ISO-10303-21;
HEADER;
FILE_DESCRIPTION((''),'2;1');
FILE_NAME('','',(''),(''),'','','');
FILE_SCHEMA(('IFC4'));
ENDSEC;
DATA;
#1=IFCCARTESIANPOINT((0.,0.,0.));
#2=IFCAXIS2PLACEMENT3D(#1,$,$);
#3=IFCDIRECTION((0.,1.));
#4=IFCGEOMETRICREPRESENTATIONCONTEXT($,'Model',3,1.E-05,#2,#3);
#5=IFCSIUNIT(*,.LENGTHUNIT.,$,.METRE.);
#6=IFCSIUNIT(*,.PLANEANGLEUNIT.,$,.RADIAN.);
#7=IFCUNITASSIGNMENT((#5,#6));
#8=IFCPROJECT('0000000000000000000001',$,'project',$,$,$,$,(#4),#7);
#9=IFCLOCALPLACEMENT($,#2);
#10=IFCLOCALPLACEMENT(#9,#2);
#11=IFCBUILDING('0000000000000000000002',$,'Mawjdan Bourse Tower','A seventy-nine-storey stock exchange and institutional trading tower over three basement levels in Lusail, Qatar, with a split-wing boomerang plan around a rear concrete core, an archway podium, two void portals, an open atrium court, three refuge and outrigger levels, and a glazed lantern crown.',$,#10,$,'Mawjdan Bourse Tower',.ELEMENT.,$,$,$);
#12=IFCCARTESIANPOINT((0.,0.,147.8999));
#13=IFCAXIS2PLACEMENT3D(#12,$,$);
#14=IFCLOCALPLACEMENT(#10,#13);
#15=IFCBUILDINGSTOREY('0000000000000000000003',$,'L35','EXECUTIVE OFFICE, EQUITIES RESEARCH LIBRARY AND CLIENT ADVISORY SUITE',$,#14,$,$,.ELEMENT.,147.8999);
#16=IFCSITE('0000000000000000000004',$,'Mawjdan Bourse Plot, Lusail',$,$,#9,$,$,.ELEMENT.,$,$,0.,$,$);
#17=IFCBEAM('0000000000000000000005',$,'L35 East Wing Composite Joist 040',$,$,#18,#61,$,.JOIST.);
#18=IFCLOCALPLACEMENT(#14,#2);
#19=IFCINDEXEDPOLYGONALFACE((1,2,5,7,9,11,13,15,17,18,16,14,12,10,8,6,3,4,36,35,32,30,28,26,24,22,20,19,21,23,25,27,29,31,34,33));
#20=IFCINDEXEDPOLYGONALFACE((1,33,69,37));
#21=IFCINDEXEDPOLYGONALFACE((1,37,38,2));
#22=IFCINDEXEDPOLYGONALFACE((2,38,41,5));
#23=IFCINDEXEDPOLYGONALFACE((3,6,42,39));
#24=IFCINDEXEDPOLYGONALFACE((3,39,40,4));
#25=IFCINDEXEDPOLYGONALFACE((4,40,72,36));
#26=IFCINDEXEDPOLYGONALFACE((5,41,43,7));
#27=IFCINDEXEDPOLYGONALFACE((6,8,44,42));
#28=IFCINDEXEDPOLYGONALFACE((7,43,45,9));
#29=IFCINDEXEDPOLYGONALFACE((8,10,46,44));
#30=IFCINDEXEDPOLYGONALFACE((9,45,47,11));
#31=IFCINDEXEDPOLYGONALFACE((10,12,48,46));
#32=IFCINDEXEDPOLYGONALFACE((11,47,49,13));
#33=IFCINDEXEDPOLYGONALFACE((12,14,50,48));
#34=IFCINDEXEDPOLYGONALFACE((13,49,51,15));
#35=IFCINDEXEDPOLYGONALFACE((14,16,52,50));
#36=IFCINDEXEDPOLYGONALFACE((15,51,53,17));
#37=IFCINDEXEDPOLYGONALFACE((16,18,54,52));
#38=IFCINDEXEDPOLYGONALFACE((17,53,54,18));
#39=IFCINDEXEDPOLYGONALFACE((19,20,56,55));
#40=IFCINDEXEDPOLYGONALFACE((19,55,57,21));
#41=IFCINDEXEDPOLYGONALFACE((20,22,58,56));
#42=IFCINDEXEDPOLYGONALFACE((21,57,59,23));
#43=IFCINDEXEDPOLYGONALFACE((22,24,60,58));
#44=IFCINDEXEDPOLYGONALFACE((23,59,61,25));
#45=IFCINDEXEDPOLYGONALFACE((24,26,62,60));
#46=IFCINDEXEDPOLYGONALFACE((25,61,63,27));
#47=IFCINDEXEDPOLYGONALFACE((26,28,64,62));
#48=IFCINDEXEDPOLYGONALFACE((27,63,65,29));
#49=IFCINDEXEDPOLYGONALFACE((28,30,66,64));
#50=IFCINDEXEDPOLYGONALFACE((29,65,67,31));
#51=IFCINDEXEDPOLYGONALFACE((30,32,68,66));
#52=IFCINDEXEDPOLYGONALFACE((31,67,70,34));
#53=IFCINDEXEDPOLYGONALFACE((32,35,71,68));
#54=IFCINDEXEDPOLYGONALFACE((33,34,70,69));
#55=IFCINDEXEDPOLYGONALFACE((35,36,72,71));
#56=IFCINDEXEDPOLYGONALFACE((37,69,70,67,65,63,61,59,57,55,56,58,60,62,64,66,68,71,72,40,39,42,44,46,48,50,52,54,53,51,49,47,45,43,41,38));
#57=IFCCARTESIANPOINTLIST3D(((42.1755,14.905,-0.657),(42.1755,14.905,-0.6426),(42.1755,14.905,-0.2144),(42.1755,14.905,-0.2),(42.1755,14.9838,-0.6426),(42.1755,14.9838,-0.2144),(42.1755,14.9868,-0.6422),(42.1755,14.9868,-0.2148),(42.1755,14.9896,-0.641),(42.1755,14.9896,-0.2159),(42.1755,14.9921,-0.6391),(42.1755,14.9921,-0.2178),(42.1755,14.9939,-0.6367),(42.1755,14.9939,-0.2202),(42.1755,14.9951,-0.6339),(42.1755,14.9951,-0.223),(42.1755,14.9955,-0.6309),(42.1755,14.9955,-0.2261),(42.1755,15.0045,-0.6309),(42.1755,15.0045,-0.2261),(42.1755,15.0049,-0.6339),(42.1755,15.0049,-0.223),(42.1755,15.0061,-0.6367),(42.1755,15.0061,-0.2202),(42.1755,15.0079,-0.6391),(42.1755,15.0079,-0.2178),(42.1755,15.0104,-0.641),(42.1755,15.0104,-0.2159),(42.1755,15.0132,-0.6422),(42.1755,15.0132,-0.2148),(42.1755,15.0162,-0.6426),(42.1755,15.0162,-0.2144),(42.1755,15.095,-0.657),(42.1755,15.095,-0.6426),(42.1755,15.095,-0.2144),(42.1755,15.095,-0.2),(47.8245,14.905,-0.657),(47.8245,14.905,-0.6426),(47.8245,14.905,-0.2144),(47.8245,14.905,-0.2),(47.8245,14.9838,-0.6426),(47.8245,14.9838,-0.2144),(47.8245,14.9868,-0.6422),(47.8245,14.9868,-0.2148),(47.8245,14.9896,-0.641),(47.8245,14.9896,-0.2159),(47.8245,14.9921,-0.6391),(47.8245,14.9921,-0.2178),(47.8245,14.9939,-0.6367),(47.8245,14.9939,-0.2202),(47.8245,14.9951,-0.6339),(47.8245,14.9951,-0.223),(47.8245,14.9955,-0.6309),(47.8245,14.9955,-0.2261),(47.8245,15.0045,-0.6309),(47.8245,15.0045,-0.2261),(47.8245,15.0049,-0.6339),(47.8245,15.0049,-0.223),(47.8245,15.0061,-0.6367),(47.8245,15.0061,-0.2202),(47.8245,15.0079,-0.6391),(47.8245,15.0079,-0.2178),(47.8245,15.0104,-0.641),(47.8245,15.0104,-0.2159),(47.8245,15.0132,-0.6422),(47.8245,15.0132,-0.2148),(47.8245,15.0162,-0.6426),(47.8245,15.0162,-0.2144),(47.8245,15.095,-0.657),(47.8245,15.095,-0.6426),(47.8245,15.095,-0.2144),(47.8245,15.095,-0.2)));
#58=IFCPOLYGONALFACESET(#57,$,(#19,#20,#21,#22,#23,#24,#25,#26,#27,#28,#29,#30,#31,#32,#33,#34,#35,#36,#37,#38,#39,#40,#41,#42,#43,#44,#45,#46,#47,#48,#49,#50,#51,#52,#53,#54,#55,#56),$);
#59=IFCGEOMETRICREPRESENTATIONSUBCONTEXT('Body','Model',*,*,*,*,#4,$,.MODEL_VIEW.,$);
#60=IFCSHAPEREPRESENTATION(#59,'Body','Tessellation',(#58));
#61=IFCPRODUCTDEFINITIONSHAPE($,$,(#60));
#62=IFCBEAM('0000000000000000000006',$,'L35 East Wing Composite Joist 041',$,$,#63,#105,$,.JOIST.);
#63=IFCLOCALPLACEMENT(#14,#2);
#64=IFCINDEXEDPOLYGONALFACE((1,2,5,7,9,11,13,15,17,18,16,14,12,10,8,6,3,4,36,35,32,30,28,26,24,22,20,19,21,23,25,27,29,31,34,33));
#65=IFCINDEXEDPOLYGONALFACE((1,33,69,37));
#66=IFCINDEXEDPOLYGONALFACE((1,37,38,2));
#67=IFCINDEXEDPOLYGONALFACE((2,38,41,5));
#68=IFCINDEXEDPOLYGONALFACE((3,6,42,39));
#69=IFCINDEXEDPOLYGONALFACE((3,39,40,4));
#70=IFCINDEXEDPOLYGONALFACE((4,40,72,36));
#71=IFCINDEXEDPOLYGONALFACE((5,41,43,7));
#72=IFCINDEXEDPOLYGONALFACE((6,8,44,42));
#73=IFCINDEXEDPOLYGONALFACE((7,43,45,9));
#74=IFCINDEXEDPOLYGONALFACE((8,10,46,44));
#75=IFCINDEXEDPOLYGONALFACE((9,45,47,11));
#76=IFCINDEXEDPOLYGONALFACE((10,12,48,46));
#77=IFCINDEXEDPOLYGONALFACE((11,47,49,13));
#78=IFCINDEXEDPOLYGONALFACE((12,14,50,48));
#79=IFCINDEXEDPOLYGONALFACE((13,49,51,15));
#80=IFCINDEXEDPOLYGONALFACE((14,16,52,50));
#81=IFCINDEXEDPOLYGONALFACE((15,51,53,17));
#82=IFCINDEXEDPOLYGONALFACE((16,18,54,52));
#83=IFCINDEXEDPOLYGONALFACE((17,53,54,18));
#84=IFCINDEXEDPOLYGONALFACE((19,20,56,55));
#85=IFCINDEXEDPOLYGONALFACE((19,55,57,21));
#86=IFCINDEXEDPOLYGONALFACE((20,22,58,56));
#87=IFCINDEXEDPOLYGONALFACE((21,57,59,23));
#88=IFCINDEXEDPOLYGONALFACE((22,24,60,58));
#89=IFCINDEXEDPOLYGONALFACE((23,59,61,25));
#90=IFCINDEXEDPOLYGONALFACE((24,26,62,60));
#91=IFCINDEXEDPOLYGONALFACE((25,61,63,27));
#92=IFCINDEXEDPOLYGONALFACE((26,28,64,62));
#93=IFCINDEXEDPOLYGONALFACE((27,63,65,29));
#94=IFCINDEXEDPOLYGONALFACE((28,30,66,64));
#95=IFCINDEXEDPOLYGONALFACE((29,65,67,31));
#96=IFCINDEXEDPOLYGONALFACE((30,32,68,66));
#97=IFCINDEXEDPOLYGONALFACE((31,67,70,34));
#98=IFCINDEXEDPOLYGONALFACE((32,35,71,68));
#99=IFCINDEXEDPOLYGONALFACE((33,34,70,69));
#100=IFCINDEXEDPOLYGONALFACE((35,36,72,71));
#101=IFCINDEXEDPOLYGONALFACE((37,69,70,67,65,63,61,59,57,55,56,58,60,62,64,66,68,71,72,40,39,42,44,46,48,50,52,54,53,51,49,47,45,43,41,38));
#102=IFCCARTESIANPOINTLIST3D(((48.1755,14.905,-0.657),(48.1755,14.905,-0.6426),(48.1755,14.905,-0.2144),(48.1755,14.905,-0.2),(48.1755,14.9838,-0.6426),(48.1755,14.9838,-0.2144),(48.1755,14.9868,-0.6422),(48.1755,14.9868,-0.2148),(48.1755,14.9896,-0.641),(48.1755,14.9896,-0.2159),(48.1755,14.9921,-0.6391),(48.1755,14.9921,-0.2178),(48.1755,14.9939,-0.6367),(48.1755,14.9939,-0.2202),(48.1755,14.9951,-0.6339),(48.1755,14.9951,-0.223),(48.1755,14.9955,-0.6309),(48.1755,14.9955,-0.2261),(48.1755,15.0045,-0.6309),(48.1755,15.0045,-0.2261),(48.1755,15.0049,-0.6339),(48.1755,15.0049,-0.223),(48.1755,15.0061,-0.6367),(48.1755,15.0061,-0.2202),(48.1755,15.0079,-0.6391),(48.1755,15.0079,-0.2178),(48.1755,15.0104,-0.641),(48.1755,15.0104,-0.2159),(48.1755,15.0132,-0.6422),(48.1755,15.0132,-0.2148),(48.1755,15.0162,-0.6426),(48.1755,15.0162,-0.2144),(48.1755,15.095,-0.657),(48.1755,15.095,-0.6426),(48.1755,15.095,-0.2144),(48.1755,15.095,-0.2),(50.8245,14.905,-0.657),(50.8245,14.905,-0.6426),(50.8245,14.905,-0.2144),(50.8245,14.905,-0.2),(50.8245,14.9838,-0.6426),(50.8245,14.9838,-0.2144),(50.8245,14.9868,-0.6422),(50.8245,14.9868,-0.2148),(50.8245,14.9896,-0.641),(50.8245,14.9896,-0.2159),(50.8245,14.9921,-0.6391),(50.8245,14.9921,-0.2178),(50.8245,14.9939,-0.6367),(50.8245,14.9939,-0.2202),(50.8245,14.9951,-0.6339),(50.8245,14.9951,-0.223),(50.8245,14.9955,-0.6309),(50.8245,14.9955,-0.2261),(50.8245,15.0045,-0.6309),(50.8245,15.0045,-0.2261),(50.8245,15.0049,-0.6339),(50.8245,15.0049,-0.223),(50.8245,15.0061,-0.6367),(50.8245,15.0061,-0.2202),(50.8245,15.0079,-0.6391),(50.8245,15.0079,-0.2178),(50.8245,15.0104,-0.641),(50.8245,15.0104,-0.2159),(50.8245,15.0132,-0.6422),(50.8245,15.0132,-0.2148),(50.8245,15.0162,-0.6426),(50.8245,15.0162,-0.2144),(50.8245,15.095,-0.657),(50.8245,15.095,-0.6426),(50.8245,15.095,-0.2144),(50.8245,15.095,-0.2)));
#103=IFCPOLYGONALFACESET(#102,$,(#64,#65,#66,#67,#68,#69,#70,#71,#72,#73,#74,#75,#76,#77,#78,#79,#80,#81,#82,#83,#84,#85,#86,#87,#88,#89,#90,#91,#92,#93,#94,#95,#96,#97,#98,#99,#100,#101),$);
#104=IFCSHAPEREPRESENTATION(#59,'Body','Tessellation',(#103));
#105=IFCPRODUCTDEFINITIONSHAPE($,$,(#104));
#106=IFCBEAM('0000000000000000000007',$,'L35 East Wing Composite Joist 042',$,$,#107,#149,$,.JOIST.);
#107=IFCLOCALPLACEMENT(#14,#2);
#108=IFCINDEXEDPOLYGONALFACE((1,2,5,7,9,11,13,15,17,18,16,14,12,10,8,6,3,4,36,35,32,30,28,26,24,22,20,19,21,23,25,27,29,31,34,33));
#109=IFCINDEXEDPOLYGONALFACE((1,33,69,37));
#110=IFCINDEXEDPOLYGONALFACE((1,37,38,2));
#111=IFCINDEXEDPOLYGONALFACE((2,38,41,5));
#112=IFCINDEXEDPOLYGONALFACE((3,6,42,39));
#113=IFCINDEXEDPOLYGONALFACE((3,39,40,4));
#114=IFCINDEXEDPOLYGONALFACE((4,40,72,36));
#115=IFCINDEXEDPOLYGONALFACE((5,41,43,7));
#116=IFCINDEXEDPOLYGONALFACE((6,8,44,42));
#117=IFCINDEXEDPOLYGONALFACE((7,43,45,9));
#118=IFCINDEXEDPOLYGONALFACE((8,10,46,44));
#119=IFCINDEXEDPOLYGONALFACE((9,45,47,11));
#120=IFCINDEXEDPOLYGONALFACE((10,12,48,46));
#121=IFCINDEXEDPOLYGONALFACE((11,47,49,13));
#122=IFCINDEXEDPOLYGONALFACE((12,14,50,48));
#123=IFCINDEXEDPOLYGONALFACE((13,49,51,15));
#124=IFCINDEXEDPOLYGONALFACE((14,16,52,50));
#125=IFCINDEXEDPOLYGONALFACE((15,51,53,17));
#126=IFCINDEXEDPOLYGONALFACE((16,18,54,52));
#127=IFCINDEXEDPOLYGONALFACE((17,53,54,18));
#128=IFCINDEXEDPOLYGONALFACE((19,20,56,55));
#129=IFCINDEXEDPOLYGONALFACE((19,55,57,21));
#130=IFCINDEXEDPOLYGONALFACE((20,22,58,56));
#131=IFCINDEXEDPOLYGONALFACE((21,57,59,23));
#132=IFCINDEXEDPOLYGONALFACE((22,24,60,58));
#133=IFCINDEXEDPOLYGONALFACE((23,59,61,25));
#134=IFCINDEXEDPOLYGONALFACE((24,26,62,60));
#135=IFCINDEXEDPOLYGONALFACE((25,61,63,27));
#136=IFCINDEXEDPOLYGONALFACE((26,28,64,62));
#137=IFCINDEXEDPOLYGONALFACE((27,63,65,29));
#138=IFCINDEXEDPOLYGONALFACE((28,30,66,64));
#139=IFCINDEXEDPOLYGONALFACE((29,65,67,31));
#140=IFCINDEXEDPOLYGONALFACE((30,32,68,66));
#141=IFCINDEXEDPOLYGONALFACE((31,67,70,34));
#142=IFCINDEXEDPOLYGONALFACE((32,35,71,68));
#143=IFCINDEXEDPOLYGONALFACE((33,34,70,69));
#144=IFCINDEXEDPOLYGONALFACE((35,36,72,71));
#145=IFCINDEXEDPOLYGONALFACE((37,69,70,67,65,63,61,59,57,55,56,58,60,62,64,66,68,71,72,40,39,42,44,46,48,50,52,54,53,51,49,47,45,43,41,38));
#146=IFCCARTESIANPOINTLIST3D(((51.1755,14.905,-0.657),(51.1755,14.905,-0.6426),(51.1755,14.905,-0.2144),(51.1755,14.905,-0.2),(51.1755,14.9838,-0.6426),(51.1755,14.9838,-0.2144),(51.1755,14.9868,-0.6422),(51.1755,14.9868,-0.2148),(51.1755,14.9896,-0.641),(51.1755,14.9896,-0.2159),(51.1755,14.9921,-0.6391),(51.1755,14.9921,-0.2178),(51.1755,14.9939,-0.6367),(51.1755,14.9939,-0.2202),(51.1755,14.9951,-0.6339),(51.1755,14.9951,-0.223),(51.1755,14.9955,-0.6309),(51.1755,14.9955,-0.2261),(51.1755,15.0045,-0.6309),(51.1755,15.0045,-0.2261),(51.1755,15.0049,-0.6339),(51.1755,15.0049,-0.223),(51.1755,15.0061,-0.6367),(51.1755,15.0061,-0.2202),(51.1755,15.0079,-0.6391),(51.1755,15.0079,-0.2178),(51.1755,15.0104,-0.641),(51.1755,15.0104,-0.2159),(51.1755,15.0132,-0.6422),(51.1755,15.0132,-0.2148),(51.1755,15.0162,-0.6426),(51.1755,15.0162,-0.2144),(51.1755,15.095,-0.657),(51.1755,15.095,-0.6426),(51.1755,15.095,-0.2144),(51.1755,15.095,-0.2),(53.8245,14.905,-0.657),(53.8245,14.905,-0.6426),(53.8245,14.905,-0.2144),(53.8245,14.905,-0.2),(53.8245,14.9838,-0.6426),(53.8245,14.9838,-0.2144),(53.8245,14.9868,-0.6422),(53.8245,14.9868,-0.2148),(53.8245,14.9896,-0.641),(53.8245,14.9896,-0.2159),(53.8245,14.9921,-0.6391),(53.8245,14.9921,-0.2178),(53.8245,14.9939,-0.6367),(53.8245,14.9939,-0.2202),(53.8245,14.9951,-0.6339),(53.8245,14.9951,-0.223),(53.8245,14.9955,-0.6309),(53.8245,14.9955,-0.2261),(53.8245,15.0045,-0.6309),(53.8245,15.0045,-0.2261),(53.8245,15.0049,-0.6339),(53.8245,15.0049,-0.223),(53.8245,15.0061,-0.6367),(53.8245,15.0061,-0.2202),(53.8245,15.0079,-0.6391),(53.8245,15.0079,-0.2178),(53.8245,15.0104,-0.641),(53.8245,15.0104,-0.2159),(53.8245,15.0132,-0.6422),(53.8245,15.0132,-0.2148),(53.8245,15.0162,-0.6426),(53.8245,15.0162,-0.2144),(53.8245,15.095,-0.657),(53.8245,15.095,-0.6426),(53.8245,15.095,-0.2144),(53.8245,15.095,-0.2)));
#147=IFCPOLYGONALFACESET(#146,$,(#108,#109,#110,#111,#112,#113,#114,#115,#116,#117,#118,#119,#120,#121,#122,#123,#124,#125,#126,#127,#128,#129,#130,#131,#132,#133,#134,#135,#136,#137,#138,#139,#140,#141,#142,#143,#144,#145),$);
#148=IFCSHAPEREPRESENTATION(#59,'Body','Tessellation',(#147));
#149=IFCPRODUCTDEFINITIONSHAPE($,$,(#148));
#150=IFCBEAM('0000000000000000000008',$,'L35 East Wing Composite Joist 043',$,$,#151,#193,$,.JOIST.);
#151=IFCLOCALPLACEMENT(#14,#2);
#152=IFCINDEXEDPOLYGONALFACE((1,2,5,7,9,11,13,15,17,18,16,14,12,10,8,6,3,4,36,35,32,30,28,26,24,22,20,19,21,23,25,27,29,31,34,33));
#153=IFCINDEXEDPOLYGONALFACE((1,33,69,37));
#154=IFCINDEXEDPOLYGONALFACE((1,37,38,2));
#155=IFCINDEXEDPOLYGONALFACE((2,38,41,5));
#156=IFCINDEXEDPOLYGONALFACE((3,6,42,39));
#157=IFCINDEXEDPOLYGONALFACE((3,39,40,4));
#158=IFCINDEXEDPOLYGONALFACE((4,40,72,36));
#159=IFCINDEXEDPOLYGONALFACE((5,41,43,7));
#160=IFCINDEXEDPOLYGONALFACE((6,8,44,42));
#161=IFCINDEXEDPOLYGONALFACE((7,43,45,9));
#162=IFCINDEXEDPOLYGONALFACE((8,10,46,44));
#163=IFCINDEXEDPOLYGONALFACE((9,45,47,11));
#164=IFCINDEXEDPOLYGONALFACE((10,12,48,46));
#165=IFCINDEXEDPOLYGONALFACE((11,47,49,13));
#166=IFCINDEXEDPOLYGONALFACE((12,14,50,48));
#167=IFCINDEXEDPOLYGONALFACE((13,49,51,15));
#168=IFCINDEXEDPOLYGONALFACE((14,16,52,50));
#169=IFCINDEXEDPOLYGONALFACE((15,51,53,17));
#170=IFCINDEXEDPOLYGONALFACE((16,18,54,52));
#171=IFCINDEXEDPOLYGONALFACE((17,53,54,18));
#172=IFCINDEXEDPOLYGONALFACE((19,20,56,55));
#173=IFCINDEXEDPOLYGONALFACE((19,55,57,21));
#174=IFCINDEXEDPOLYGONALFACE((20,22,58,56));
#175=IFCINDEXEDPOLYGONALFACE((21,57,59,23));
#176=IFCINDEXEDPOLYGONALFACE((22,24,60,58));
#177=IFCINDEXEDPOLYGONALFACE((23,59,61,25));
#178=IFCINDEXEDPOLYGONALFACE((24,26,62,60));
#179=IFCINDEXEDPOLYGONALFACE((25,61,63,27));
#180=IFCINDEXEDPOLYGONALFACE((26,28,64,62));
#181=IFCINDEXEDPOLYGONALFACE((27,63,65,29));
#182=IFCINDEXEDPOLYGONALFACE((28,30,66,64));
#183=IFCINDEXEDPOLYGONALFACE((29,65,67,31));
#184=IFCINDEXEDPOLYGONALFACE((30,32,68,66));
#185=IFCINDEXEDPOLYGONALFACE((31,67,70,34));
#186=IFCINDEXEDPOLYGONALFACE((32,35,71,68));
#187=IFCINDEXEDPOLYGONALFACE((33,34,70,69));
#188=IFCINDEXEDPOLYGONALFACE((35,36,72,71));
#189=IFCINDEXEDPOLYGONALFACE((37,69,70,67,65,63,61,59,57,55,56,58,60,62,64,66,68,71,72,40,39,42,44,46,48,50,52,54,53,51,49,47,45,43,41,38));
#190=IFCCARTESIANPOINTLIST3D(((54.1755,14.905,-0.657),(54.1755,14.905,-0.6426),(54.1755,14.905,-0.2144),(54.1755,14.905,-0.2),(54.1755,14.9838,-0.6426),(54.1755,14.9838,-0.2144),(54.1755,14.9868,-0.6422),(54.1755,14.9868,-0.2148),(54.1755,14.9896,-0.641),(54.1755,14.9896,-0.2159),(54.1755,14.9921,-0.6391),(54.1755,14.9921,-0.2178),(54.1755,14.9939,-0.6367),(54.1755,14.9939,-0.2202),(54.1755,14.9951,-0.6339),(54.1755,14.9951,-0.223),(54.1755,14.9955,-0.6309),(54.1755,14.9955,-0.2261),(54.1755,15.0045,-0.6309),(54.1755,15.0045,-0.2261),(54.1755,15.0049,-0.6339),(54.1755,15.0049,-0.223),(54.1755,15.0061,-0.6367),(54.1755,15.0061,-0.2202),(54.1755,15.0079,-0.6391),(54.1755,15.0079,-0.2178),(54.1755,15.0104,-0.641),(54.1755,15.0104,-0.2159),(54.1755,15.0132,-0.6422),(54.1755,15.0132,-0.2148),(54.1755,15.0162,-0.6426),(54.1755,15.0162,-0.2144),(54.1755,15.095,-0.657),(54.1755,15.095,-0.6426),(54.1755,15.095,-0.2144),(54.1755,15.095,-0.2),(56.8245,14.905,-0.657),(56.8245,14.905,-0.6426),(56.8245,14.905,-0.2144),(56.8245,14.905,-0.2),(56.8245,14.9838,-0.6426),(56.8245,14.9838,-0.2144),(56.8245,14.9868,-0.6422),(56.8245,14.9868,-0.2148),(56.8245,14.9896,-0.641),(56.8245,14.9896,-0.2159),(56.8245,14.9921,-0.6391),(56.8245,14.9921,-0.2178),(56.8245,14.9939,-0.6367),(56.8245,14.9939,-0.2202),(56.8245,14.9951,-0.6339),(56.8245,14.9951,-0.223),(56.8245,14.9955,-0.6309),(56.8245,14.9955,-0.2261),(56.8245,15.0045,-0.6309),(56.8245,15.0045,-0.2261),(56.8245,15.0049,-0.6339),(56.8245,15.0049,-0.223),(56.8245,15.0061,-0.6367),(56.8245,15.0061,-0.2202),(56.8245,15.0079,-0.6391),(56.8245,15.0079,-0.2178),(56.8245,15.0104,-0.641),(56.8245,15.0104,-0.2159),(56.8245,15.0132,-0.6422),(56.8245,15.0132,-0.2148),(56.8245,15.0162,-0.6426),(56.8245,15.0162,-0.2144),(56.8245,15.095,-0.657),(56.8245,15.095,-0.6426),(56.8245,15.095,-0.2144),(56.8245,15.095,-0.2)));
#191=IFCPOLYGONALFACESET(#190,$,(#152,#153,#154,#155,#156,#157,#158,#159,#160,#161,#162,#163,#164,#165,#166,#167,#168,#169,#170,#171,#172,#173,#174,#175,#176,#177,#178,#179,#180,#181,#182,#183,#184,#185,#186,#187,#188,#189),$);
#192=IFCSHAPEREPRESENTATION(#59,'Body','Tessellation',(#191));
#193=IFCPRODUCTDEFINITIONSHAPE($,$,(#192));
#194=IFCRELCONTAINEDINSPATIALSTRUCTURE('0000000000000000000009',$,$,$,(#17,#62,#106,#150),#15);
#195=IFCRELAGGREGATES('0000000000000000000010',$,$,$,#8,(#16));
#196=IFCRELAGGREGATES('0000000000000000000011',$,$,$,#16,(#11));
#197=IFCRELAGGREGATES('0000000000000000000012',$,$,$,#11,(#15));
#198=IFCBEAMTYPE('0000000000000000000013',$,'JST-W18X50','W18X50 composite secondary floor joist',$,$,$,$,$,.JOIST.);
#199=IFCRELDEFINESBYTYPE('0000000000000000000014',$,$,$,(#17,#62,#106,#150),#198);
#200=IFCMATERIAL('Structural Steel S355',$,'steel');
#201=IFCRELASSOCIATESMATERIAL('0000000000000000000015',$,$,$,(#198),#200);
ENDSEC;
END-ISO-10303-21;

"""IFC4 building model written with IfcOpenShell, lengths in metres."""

from ifc_helpers import new_model, si_unit, direction, frame, origin, origin_2d, place, context, subcontext, project, spatial, i_section, extrude, material, material_profile, profile_set, type_object, element, save


model = new_model("IFC4")

# Units and contexts
model_context = context("Model", 3, precision=1e-05, world=origin(), true_north=direction((0.0, 1.0)))
body_context = subcontext(model_context, "Body", "Model", "MODEL_VIEW")
ifc_project = project(units=[si_unit("LENGTHUNIT", "METRE"), si_unit("PLANEANGLEUNIT", "RADIAN")], contexts=[model_context])

# Site, building, storey
site_placement = place(None, origin())
site = spatial("IfcSite", under=ifc_project, at=site_placement, Name="Mawjdan Bourse Plot, Lusail", CompositionType="ELEMENT", RefElevation=0.0)
building_placement = place(site_placement, origin())
building = spatial("IfcBuilding", under=site, at=building_placement, Name="Mawjdan Bourse Tower", Description="A seventy-nine-storey stock exchange and institutional trading tower over three basement levels in Lusail, Qatar, with a split-wing boomerang plan around a rear concrete core, an archway podium, two void portals, an open atrium court, three refuge and outrigger levels, and a glazed lantern crown.", LongName="Mawjdan Bourse Tower", CompositionType="ELEMENT")
storey_placement = place(building_placement, frame((0.0, 0.0, 147.8999)))
storey = spatial("IfcBuildingStorey", under=building, at=storey_placement, Name="L35", Description="EXECUTIVE OFFICE, EQUITIES RESEARCH LIBRARY AND CLIENT ADVISORY SUITE", CompositionType="ELEMENT", Elevation=147.8999)

# Beams
ifc_material_1 = material(Name="Structural Steel S355", Category="steel")
ifc_material_profile_1 = material_profile(ifc_material_1, i_section(OverallWidth=0.1899, OverallDepth=0.457, WebThickness=0.009, FlangeThickness=0.0144, FilletRadius=0.0117, at=origin_2d()), Name="W18X50")
ifc_profile_set_1 = profile_set([ifc_material_profile_1], Name="Structural Steel S355")
beam_type_1 = type_object("IfcBeamType", Name="JST-W18X50", Description="W18X50 composite secondary floor joist", PredefinedType="JOIST", material=ifc_profile_set_1)
beam_1_placement = place(storey_placement, frame((42.1755, 15.0, -0.4285), z_axis=(1.0, 0.0, 0.0), x_axis=(0.0, 1.0, 0.0)))
element("IfcBeam", 1, at=beam_1_placement, inside=storey, type_object=beam_type_1, Name="L35 East Wing Composite Joist 040", PredefinedType="JOIST", context=body_context, shape_type="SweptSolid", body=[
    extrude(i_section(OverallWidth=0.1899, OverallDepth=0.457, WebThickness=0.009, FlangeThickness=0.0144, FilletRadius=0.0117, at=origin_2d()), origin(), (0.0, 0.0, 1.0), 5.6489),
])
for number, where, z_axis, x_axis, name in (
    (2, (48.1755, 15.0, -0.4285), (1.0, 0.0, 0.0), (0.0, 1.0, 0.0), "L35 East Wing Composite Joist 041"),
    (3, (51.1755, 15.0, -0.4285), (1.0, 0.0, 0.0), (0.0, 1.0, 0.0), "L35 East Wing Composite Joist 042"),
    (4, (54.1755, 15.0, -0.4285), (1.0, 0.0, 0.0), (0.0, 1.0, 0.0), "L35 East Wing Composite Joist 043"),
):
    element("IfcBeam", number, at=place(storey_placement, frame(where, z_axis=z_axis, x_axis=x_axis)), inside=storey, type_object=beam_type_1, Name=name, PredefinedType="JOIST", context=body_context, shape_type="SweptSolid", body=[
        extrude(i_section(OverallWidth=0.1899, OverallDepth=0.457, WebThickness=0.009, FlangeThickness=0.0144, FilletRadius=0.0117, at=origin_2d()), origin(), (0.0, 0.0, 1.0), 2.6489),
    ])

save(model, "model.ifc")
